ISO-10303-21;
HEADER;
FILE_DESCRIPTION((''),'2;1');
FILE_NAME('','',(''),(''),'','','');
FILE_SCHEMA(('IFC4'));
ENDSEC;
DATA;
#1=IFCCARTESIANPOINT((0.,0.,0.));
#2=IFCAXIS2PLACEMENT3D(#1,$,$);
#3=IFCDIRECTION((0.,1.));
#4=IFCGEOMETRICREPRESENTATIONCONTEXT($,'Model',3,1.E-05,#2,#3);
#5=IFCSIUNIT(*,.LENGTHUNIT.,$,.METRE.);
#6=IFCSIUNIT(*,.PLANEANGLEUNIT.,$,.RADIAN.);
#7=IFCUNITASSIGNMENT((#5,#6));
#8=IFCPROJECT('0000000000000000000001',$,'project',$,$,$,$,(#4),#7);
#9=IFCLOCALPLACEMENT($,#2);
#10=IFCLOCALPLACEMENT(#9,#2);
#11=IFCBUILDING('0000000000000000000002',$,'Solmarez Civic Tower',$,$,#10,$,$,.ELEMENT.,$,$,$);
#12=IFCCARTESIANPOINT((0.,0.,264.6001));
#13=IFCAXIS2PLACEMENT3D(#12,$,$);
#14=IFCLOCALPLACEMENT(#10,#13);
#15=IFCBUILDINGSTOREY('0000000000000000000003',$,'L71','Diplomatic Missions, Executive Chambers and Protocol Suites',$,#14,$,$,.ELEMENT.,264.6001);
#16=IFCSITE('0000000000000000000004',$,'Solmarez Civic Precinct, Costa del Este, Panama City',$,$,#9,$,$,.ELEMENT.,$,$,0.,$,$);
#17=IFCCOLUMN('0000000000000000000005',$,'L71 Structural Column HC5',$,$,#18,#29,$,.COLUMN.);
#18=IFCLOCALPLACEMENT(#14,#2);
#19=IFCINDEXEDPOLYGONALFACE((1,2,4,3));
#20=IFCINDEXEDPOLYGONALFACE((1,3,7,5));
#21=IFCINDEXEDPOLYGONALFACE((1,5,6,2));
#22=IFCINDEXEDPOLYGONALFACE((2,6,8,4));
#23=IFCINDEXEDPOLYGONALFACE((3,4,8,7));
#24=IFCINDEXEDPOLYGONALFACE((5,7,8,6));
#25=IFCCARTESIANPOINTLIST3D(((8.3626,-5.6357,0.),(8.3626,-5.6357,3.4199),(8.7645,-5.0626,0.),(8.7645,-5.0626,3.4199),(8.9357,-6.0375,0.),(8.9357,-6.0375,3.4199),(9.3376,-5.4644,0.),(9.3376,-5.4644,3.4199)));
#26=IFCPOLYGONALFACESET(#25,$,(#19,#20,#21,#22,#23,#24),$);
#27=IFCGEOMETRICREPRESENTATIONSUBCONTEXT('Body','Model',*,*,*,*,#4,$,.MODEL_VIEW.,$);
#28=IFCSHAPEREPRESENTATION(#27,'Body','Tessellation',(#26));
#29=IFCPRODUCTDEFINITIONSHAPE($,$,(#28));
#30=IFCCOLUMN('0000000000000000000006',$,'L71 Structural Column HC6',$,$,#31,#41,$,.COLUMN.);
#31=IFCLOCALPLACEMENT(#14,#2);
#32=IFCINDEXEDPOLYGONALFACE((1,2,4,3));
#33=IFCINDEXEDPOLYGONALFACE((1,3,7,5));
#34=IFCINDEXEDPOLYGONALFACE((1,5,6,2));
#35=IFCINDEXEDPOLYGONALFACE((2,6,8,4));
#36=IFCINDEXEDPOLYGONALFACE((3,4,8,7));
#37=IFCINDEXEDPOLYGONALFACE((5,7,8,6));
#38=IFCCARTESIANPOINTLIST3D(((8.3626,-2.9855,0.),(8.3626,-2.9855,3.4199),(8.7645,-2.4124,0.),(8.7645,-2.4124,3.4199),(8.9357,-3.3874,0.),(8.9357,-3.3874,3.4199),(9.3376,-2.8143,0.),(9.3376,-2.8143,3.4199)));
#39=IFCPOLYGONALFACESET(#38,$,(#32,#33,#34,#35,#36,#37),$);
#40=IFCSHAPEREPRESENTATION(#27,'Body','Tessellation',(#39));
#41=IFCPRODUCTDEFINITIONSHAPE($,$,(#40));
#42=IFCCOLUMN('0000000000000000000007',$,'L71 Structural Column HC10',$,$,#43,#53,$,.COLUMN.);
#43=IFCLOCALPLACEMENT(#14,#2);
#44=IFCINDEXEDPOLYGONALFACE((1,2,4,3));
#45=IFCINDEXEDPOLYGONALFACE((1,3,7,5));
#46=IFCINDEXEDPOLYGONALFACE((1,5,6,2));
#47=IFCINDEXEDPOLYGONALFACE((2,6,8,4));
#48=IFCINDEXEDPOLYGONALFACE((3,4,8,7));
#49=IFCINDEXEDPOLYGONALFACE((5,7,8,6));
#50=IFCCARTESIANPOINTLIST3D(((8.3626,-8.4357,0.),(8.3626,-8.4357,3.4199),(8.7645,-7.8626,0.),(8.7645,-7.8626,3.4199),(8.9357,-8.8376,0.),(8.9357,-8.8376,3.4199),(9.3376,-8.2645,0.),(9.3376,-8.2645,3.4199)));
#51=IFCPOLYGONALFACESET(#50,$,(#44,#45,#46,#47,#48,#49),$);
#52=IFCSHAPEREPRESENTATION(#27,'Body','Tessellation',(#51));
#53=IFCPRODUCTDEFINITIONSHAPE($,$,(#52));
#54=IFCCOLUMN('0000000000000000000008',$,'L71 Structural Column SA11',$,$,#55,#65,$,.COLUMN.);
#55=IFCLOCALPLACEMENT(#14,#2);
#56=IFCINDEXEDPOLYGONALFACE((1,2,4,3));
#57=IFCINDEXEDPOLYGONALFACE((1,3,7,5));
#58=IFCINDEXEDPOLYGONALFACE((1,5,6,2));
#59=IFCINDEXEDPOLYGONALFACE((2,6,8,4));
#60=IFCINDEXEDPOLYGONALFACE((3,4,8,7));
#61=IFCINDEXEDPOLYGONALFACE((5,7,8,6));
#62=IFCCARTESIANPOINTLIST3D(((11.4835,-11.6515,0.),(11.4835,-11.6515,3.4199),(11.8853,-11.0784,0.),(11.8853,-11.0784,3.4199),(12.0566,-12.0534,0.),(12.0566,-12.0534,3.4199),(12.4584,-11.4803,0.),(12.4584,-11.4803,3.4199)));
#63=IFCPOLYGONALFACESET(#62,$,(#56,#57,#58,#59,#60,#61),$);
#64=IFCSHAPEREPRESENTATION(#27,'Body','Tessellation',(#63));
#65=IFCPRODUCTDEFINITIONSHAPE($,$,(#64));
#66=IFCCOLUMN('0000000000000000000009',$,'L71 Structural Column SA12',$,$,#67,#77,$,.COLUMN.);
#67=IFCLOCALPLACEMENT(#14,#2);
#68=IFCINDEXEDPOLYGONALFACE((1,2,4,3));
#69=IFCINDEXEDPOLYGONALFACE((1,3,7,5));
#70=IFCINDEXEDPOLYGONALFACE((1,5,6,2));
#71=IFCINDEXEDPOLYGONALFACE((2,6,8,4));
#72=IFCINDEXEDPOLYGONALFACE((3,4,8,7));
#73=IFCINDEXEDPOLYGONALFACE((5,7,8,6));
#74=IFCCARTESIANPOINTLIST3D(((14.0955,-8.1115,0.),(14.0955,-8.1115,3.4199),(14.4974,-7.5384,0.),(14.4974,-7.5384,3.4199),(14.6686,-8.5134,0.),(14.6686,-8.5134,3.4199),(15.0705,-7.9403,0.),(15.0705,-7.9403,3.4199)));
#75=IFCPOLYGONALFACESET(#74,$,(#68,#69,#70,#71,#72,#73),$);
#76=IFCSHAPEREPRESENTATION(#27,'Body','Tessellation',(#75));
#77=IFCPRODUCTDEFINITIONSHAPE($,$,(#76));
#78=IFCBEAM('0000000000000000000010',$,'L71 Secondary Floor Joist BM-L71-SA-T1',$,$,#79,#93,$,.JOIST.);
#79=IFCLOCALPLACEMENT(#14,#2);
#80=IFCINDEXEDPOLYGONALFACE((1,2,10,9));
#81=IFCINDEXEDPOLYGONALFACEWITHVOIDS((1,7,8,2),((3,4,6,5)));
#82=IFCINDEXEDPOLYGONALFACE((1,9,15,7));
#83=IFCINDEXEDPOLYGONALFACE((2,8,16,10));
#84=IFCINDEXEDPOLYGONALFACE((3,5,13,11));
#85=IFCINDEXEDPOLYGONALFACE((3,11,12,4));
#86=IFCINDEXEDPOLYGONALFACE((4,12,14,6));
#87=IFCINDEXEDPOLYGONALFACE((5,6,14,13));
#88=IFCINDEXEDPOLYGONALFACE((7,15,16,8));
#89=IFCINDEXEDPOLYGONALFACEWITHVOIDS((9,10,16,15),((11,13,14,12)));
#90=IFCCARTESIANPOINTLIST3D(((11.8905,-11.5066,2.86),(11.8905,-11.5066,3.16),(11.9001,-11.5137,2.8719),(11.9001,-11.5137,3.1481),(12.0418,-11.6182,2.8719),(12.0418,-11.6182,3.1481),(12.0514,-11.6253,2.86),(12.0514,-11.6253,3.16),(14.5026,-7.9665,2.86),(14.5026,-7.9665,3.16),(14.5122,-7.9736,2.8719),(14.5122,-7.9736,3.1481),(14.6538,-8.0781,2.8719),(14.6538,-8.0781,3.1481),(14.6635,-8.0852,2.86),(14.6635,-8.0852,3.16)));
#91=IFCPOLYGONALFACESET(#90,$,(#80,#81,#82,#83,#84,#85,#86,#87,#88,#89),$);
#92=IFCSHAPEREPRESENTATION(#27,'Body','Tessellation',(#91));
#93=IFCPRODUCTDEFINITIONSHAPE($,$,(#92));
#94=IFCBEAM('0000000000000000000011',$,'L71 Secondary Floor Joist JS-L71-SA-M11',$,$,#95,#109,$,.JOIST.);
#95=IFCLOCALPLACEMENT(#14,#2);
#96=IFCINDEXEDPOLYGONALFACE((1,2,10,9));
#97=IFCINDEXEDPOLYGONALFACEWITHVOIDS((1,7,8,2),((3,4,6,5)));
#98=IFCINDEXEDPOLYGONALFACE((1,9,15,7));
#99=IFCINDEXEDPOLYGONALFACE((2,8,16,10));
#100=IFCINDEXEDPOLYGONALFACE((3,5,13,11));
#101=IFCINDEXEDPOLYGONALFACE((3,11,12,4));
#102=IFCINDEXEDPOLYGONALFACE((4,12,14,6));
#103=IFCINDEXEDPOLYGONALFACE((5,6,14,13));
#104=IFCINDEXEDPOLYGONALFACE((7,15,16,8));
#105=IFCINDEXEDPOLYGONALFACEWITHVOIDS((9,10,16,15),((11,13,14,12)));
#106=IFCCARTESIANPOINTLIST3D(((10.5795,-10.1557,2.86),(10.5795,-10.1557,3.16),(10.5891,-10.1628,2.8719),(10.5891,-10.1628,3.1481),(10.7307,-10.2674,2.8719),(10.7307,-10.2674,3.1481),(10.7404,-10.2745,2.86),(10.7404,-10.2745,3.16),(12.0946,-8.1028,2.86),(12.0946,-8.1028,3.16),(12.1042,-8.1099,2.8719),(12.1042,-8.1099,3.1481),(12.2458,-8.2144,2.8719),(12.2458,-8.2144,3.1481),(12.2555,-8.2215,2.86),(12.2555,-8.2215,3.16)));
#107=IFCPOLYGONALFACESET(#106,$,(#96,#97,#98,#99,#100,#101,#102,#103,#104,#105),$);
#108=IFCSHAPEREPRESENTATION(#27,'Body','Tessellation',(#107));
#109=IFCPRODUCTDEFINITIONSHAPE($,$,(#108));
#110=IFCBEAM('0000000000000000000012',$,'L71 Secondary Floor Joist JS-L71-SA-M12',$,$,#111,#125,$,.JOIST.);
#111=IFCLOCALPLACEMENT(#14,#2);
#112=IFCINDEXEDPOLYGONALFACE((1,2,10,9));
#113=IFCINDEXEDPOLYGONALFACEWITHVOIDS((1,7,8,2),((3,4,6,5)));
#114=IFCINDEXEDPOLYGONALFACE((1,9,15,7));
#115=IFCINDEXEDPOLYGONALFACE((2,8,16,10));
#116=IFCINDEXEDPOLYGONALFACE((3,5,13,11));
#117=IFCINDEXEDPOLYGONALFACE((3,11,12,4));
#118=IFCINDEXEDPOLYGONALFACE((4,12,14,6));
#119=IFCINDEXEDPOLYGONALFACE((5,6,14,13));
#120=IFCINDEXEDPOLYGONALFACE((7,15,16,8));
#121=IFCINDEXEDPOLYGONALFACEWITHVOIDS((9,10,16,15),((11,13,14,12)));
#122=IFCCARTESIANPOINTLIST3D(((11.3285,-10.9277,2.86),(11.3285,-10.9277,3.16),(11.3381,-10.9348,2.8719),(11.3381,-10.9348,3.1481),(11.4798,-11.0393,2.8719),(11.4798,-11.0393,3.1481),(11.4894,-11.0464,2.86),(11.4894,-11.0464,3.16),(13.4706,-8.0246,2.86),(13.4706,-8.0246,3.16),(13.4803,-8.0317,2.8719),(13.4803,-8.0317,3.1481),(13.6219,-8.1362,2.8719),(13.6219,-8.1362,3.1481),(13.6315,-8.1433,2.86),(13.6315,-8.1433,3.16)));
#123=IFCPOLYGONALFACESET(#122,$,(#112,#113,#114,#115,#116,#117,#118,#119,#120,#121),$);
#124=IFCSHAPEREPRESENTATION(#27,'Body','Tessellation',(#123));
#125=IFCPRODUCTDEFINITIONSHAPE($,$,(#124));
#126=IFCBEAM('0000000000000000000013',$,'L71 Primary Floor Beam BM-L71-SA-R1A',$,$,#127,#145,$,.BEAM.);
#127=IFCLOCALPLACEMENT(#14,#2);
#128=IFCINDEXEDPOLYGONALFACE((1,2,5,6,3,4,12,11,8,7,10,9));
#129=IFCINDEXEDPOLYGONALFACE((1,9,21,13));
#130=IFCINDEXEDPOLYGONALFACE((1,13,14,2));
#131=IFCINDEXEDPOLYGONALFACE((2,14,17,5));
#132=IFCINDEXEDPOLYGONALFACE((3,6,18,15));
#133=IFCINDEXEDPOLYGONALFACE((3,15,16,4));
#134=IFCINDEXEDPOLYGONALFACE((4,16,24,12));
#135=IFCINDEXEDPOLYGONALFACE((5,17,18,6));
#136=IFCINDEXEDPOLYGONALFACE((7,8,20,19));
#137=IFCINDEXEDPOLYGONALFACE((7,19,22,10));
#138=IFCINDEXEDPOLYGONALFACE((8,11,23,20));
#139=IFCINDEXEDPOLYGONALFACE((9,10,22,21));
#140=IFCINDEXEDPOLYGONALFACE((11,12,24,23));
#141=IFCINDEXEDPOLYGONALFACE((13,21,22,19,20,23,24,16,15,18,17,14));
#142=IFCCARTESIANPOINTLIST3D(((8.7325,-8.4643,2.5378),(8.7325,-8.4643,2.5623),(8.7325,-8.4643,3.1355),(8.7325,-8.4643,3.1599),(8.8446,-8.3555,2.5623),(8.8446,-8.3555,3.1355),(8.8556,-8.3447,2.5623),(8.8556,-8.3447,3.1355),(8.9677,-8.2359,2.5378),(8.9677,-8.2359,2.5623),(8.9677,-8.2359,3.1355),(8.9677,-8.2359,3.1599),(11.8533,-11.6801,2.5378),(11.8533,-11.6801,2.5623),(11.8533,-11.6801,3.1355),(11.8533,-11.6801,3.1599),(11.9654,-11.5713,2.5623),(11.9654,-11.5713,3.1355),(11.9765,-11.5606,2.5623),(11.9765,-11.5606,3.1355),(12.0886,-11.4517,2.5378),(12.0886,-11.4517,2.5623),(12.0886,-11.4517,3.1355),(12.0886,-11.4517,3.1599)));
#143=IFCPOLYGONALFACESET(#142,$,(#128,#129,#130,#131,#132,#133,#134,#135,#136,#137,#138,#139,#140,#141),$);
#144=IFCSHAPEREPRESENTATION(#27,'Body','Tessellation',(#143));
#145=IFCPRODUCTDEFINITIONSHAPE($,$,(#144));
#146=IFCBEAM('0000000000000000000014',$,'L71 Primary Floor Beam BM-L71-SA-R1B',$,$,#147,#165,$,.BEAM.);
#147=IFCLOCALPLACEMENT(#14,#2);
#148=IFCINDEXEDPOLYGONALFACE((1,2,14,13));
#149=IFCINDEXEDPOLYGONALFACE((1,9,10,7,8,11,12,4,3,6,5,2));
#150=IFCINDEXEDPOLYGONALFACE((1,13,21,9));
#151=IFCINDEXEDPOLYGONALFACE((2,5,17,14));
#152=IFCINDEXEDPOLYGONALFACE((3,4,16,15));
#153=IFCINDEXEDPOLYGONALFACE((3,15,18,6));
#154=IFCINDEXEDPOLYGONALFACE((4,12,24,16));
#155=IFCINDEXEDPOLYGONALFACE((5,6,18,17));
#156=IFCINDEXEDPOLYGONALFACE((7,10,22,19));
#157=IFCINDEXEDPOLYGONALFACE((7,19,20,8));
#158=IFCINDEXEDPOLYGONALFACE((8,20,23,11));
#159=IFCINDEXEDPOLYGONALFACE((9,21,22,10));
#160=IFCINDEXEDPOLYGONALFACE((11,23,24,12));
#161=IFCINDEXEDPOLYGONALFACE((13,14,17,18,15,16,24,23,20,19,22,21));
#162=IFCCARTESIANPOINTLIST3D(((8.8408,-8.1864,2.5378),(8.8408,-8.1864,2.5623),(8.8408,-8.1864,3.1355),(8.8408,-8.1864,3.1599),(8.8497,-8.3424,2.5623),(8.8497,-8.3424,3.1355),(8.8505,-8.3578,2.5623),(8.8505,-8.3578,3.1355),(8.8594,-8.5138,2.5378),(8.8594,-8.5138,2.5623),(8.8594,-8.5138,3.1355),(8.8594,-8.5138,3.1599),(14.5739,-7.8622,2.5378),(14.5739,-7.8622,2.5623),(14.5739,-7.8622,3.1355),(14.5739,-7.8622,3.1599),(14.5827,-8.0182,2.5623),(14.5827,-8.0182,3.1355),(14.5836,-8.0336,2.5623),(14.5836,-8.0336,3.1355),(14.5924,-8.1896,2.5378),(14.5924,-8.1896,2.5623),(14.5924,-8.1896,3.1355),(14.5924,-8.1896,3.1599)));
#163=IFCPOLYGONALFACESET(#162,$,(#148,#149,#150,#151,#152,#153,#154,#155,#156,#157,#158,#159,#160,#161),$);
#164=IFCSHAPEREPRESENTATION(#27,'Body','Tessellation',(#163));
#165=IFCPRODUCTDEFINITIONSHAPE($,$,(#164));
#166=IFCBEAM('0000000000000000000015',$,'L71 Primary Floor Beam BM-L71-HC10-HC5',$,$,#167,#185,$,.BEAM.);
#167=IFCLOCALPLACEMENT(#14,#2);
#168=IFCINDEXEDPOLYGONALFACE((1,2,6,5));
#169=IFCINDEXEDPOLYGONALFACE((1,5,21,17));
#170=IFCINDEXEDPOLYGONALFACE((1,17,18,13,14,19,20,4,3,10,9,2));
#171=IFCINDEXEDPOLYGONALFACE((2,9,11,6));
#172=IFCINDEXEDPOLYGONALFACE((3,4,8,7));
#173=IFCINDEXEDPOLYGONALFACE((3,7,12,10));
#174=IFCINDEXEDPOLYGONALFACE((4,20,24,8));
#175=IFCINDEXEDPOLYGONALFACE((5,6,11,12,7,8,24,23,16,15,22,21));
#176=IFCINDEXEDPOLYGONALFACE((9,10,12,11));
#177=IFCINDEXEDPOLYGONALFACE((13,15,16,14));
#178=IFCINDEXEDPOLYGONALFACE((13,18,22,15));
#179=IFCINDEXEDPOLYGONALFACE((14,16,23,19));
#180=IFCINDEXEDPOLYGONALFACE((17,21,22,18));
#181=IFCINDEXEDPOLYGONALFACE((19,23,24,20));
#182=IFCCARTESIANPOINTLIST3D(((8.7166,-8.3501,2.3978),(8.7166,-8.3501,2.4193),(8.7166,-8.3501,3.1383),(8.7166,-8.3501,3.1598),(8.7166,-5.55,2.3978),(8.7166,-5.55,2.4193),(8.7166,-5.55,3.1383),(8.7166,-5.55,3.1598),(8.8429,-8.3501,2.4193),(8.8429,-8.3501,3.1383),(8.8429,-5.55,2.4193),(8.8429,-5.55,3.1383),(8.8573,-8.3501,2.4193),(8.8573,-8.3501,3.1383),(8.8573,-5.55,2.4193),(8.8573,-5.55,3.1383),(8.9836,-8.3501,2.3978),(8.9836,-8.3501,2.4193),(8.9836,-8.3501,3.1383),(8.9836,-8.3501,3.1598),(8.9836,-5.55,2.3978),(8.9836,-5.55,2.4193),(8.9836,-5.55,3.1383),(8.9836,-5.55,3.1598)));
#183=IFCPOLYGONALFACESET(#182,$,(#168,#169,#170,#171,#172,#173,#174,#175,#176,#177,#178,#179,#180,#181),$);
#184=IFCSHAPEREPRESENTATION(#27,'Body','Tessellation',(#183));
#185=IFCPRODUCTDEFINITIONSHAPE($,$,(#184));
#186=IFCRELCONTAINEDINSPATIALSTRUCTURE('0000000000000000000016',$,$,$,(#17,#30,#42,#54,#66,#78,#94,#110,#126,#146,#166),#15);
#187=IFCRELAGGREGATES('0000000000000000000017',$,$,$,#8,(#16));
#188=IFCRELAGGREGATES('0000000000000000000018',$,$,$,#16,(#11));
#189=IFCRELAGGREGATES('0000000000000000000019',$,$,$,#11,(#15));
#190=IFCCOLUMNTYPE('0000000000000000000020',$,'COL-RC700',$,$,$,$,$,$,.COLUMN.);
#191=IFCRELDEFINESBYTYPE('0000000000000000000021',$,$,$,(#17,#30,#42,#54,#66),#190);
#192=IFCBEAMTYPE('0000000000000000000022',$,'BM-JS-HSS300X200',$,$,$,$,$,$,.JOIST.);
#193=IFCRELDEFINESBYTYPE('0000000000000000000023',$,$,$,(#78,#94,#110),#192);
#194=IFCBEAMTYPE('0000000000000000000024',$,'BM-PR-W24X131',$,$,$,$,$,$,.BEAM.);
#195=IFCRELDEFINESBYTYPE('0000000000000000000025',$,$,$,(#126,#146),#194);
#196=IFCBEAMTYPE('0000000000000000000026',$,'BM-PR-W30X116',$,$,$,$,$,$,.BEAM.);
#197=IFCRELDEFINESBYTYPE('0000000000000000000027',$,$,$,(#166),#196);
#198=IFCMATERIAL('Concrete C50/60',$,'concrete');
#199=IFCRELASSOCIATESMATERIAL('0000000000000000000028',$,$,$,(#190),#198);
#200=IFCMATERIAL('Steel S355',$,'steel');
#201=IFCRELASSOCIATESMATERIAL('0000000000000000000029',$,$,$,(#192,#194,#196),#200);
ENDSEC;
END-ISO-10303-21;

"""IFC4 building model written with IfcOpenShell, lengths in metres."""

from ifc_helpers import new_model, si_unit, direction, frame, origin, origin_2d, place, context, subcontext, project, spatial, rectangle, hollow_rectangle, i_section, extrude, material, material_profile, profile_set, type_object, element, save


model = new_model("IFC4")

# Units and contexts
model_context = context("Model", 3, precision=1e-05, world=origin(), true_north=direction((0.0, 1.0)))
body_context = subcontext(model_context, "Body", "Model", "MODEL_VIEW")
ifc_project = project(units=[si_unit("LENGTHUNIT", "METRE"), si_unit("PLANEANGLEUNIT", "RADIAN")], contexts=[model_context])

# Site, building, storey
site_placement = place(None, origin())
site = spatial("IfcSite", under=ifc_project, at=site_placement, Name="Solmarez Civic Precinct, Costa del Este, Panama City", CompositionType="ELEMENT", RefElevation=0.0)
building_placement = place(site_placement, origin())
building = spatial("IfcBuilding", under=site, at=building_placement, Name="Solmarez Civic Tower", CompositionType="ELEMENT")
storey_placement = place(building_placement, frame((0.0, 0.0, 264.6001)))
storey = spatial("IfcBuildingStorey", under=building, at=storey_placement, Name="L71", Description="Diplomatic Missions, Executive Chambers and Protocol Suites", CompositionType="ELEMENT", Elevation=264.6001)

# Columns
ifc_material_1 = material(Name="Concrete C50/60", Category="concrete")
ifc_material_profile_1 = material_profile(ifc_material_1, rectangle(XDim=0.7, YDim=0.7, at=origin_2d()), Name="RC700X700")
ifc_profile_set_1 = profile_set([ifc_material_profile_1], Name="Concrete C50/60")
column_type = type_object("IfcColumnType", Name="COL-RC700", PredefinedType="COLUMN", material=ifc_profile_set_1)
for number, where, z_axis, x_axis, name in (
    (1, (8.8501, -5.55, 0.0), (0.0, 0.0, 1.0), (0.574148, 0.818751, 0.0), "L71 Structural Column HC5"),
    (2, (8.8501, -2.8999, 0.0), (0.0, 0.0, 1.0), (0.574148, 0.818751, 0.0), "L71 Structural Column HC6"),
    (3, (8.8501, -8.3501, 0.0), (0.0, 0.0, 1.0), (0.574148, 0.818751, 0.0), "L71 Structural Column HC10"),
    (4, (11.9709, -11.5659, 0.0), (0.0, 0.0, 1.0), (0.574148, 0.818751, 0.0), "L71 Structural Column SA11"),
    (5, (14.583, -8.0259, 0.0), (0.0, 0.0, 1.0), (0.574148, 0.818751, 0.0), "L71 Structural Column SA12"),
):
    element("IfcColumn", number, at=place(storey_placement, frame(where, z_axis=z_axis, x_axis=x_axis)), inside=storey, type_object=column_type, Name=name, PredefinedType="COLUMN", context=body_context, shape_type="SweptSolid", body=[
        extrude(rectangle(XDim=0.7, YDim=0.7, at=origin_2d()), origin(), (0.0, 0.0, 1.0), 3.4199),
    ])

# Beams
ifc_material_2 = material(Name="Steel S355", Category="steel")
ifc_material_profile_2 = material_profile(ifc_material_2, hollow_rectangle(XDim=0.2, YDim=0.3, WallThickness=0.012, at=origin_2d()), Name="HSS300X200X12")
ifc_profile_set_2 = profile_set([ifc_material_profile_2], Name="Steel S355")
beam_type_1 = type_object("IfcBeamType", Name="BM-JS-HSS300X200", PredefinedType="JOIST", material=ifc_profile_set_2)
beam_1_placement = place(storey_placement, frame((11.9709, -11.5659, 3.01), z_axis=(0.593731, 0.804664, 0.0), x_axis=(-0.804664, 0.593731, 0.0)))
element("IfcBeam", 6, at=beam_1_placement, inside=storey, type_object=beam_type_1, Name="L71 Secondary Floor Joist BM-L71-SA-T1", PredefinedType="JOIST", context=body_context, shape_type="SweptSolid", body=[
    extrude(hollow_rectangle(XDim=0.2, YDim=0.3, WallThickness=0.012, at=origin_2d()), origin(), (0.0, 0.0, 1.0), 4.3994),
])
beam_2_placement = place(storey_placement, frame((10.6599, -10.2151, 3.01), z_axis=(0.593812, 0.804603, 0.0), x_axis=(-0.804603, 0.593812, 0.0)))
element("IfcBeam", 7, at=beam_2_placement, inside=storey, type_object=beam_type_1, Name="L71 Secondary Floor Joist JS-L71-SA-M11", PredefinedType="JOIST", context=body_context, shape_type="SweptSolid", body=[
    extrude(hollow_rectangle(XDim=0.2, YDim=0.3, WallThickness=0.012, at=origin_2d()), origin(), (0.0, 0.0, 1.0), 2.5515),
])
beam_3_placement = place(storey_placement, frame((11.4089, -10.9871, 3.01), z_axis=(0.593734, 0.804661, 0.0), x_axis=(-0.804661, 0.593734, 0.0)))
element("IfcBeam", 8, at=beam_3_placement, inside=storey, type_object=beam_type_1, Name="L71 Secondary Floor Joist JS-L71-SA-M12", PredefinedType="JOIST", context=body_context, shape_type="SweptSolid", body=[
    extrude(hollow_rectangle(XDim=0.2, YDim=0.3, WallThickness=0.012, at=origin_2d()), origin(), (0.0, 0.0, 1.0), 3.6079),
])
ifc_material_profile_3 = material_profile(ifc_material_2, i_section(OverallWidth=0.3279, OverallDepth=0.6221, WebThickness=0.0154, FlangeThickness=0.0244, at=origin_2d()), Name="W24X131")
ifc_profile_set_3 = profile_set([ifc_material_profile_3], Name="Steel S355")
beam_type_2 = type_object("IfcBeamType", Name="BM-PR-W24X131", PredefinedType="BEAM", material=ifc_profile_set_3)
beam_4_placement = place(storey_placement, frame((8.8501, -8.3501, 2.8489), z_axis=(0.696431, -0.717624, 0.0), x_axis=(0.717624, 0.696431, 0.0)))
element("IfcBeam", 9, at=beam_4_placement, inside=storey, type_object=beam_type_2, Name="L71 Primary Floor Beam BM-L71-SA-R1A", PredefinedType="BEAM", context=body_context, shape_type="SweptSolid", body=[
    extrude(i_section(OverallWidth=0.3279, OverallDepth=0.6221, WebThickness=0.0154, FlangeThickness=0.0244, at=origin_2d()), origin(), (0.0, 0.0, 1.0), 4.4812),
])
beam_5_placement = place(storey_placement, frame((8.8501, -8.3501, 2.8489), z_axis=(0.998405, 0.056464, 0.0), x_axis=(-0.056464, 0.998405, 0.0)))
element("IfcBeam", 10, at=beam_5_placement, inside=storey, type_object=beam_type_2, Name="L71 Primary Floor Beam BM-L71-SA-R1B", PredefinedType="BEAM", context=body_context, shape_type="SweptSolid", body=[
    extrude(i_section(OverallWidth=0.3279, OverallDepth=0.6221, WebThickness=0.0154, FlangeThickness=0.0244, at=origin_2d()), origin(), (0.0, 0.0, 1.0), 5.7422),
])
ifc_material_profile_4 = material_profile(ifc_material_2, i_section(OverallWidth=0.2671, OverallDepth=0.762, WebThickness=0.0144, FlangeThickness=0.0215, at=origin_2d()), Name="W30X116")
ifc_profile_set_4 = profile_set([ifc_material_profile_4], Name="Steel S355")
beam_type_3 = type_object("IfcBeamType", Name="BM-PR-W30X116", PredefinedType="BEAM", material=ifc_profile_set_4)
beam_6_placement = place(storey_placement, frame((8.8501, -8.3501, 2.7788), z_axis=(0.0, 1.0, 0.0), x_axis=(-1.0, 0.0, 0.0)))
element("IfcBeam", 11, at=beam_6_placement, inside=storey, type_object=beam_type_3, Name="L71 Primary Floor Beam BM-L71-HC10-HC5", PredefinedType="BEAM", context=body_context, shape_type="SweptSolid", body=[
    extrude(i_section(OverallWidth=0.2671, OverallDepth=0.762, WebThickness=0.0144, FlangeThickness=0.0215, at=origin_2d()), origin(), (0.0, 0.0, 1.0), 2.8),
])

save(model, "model.ifc")
